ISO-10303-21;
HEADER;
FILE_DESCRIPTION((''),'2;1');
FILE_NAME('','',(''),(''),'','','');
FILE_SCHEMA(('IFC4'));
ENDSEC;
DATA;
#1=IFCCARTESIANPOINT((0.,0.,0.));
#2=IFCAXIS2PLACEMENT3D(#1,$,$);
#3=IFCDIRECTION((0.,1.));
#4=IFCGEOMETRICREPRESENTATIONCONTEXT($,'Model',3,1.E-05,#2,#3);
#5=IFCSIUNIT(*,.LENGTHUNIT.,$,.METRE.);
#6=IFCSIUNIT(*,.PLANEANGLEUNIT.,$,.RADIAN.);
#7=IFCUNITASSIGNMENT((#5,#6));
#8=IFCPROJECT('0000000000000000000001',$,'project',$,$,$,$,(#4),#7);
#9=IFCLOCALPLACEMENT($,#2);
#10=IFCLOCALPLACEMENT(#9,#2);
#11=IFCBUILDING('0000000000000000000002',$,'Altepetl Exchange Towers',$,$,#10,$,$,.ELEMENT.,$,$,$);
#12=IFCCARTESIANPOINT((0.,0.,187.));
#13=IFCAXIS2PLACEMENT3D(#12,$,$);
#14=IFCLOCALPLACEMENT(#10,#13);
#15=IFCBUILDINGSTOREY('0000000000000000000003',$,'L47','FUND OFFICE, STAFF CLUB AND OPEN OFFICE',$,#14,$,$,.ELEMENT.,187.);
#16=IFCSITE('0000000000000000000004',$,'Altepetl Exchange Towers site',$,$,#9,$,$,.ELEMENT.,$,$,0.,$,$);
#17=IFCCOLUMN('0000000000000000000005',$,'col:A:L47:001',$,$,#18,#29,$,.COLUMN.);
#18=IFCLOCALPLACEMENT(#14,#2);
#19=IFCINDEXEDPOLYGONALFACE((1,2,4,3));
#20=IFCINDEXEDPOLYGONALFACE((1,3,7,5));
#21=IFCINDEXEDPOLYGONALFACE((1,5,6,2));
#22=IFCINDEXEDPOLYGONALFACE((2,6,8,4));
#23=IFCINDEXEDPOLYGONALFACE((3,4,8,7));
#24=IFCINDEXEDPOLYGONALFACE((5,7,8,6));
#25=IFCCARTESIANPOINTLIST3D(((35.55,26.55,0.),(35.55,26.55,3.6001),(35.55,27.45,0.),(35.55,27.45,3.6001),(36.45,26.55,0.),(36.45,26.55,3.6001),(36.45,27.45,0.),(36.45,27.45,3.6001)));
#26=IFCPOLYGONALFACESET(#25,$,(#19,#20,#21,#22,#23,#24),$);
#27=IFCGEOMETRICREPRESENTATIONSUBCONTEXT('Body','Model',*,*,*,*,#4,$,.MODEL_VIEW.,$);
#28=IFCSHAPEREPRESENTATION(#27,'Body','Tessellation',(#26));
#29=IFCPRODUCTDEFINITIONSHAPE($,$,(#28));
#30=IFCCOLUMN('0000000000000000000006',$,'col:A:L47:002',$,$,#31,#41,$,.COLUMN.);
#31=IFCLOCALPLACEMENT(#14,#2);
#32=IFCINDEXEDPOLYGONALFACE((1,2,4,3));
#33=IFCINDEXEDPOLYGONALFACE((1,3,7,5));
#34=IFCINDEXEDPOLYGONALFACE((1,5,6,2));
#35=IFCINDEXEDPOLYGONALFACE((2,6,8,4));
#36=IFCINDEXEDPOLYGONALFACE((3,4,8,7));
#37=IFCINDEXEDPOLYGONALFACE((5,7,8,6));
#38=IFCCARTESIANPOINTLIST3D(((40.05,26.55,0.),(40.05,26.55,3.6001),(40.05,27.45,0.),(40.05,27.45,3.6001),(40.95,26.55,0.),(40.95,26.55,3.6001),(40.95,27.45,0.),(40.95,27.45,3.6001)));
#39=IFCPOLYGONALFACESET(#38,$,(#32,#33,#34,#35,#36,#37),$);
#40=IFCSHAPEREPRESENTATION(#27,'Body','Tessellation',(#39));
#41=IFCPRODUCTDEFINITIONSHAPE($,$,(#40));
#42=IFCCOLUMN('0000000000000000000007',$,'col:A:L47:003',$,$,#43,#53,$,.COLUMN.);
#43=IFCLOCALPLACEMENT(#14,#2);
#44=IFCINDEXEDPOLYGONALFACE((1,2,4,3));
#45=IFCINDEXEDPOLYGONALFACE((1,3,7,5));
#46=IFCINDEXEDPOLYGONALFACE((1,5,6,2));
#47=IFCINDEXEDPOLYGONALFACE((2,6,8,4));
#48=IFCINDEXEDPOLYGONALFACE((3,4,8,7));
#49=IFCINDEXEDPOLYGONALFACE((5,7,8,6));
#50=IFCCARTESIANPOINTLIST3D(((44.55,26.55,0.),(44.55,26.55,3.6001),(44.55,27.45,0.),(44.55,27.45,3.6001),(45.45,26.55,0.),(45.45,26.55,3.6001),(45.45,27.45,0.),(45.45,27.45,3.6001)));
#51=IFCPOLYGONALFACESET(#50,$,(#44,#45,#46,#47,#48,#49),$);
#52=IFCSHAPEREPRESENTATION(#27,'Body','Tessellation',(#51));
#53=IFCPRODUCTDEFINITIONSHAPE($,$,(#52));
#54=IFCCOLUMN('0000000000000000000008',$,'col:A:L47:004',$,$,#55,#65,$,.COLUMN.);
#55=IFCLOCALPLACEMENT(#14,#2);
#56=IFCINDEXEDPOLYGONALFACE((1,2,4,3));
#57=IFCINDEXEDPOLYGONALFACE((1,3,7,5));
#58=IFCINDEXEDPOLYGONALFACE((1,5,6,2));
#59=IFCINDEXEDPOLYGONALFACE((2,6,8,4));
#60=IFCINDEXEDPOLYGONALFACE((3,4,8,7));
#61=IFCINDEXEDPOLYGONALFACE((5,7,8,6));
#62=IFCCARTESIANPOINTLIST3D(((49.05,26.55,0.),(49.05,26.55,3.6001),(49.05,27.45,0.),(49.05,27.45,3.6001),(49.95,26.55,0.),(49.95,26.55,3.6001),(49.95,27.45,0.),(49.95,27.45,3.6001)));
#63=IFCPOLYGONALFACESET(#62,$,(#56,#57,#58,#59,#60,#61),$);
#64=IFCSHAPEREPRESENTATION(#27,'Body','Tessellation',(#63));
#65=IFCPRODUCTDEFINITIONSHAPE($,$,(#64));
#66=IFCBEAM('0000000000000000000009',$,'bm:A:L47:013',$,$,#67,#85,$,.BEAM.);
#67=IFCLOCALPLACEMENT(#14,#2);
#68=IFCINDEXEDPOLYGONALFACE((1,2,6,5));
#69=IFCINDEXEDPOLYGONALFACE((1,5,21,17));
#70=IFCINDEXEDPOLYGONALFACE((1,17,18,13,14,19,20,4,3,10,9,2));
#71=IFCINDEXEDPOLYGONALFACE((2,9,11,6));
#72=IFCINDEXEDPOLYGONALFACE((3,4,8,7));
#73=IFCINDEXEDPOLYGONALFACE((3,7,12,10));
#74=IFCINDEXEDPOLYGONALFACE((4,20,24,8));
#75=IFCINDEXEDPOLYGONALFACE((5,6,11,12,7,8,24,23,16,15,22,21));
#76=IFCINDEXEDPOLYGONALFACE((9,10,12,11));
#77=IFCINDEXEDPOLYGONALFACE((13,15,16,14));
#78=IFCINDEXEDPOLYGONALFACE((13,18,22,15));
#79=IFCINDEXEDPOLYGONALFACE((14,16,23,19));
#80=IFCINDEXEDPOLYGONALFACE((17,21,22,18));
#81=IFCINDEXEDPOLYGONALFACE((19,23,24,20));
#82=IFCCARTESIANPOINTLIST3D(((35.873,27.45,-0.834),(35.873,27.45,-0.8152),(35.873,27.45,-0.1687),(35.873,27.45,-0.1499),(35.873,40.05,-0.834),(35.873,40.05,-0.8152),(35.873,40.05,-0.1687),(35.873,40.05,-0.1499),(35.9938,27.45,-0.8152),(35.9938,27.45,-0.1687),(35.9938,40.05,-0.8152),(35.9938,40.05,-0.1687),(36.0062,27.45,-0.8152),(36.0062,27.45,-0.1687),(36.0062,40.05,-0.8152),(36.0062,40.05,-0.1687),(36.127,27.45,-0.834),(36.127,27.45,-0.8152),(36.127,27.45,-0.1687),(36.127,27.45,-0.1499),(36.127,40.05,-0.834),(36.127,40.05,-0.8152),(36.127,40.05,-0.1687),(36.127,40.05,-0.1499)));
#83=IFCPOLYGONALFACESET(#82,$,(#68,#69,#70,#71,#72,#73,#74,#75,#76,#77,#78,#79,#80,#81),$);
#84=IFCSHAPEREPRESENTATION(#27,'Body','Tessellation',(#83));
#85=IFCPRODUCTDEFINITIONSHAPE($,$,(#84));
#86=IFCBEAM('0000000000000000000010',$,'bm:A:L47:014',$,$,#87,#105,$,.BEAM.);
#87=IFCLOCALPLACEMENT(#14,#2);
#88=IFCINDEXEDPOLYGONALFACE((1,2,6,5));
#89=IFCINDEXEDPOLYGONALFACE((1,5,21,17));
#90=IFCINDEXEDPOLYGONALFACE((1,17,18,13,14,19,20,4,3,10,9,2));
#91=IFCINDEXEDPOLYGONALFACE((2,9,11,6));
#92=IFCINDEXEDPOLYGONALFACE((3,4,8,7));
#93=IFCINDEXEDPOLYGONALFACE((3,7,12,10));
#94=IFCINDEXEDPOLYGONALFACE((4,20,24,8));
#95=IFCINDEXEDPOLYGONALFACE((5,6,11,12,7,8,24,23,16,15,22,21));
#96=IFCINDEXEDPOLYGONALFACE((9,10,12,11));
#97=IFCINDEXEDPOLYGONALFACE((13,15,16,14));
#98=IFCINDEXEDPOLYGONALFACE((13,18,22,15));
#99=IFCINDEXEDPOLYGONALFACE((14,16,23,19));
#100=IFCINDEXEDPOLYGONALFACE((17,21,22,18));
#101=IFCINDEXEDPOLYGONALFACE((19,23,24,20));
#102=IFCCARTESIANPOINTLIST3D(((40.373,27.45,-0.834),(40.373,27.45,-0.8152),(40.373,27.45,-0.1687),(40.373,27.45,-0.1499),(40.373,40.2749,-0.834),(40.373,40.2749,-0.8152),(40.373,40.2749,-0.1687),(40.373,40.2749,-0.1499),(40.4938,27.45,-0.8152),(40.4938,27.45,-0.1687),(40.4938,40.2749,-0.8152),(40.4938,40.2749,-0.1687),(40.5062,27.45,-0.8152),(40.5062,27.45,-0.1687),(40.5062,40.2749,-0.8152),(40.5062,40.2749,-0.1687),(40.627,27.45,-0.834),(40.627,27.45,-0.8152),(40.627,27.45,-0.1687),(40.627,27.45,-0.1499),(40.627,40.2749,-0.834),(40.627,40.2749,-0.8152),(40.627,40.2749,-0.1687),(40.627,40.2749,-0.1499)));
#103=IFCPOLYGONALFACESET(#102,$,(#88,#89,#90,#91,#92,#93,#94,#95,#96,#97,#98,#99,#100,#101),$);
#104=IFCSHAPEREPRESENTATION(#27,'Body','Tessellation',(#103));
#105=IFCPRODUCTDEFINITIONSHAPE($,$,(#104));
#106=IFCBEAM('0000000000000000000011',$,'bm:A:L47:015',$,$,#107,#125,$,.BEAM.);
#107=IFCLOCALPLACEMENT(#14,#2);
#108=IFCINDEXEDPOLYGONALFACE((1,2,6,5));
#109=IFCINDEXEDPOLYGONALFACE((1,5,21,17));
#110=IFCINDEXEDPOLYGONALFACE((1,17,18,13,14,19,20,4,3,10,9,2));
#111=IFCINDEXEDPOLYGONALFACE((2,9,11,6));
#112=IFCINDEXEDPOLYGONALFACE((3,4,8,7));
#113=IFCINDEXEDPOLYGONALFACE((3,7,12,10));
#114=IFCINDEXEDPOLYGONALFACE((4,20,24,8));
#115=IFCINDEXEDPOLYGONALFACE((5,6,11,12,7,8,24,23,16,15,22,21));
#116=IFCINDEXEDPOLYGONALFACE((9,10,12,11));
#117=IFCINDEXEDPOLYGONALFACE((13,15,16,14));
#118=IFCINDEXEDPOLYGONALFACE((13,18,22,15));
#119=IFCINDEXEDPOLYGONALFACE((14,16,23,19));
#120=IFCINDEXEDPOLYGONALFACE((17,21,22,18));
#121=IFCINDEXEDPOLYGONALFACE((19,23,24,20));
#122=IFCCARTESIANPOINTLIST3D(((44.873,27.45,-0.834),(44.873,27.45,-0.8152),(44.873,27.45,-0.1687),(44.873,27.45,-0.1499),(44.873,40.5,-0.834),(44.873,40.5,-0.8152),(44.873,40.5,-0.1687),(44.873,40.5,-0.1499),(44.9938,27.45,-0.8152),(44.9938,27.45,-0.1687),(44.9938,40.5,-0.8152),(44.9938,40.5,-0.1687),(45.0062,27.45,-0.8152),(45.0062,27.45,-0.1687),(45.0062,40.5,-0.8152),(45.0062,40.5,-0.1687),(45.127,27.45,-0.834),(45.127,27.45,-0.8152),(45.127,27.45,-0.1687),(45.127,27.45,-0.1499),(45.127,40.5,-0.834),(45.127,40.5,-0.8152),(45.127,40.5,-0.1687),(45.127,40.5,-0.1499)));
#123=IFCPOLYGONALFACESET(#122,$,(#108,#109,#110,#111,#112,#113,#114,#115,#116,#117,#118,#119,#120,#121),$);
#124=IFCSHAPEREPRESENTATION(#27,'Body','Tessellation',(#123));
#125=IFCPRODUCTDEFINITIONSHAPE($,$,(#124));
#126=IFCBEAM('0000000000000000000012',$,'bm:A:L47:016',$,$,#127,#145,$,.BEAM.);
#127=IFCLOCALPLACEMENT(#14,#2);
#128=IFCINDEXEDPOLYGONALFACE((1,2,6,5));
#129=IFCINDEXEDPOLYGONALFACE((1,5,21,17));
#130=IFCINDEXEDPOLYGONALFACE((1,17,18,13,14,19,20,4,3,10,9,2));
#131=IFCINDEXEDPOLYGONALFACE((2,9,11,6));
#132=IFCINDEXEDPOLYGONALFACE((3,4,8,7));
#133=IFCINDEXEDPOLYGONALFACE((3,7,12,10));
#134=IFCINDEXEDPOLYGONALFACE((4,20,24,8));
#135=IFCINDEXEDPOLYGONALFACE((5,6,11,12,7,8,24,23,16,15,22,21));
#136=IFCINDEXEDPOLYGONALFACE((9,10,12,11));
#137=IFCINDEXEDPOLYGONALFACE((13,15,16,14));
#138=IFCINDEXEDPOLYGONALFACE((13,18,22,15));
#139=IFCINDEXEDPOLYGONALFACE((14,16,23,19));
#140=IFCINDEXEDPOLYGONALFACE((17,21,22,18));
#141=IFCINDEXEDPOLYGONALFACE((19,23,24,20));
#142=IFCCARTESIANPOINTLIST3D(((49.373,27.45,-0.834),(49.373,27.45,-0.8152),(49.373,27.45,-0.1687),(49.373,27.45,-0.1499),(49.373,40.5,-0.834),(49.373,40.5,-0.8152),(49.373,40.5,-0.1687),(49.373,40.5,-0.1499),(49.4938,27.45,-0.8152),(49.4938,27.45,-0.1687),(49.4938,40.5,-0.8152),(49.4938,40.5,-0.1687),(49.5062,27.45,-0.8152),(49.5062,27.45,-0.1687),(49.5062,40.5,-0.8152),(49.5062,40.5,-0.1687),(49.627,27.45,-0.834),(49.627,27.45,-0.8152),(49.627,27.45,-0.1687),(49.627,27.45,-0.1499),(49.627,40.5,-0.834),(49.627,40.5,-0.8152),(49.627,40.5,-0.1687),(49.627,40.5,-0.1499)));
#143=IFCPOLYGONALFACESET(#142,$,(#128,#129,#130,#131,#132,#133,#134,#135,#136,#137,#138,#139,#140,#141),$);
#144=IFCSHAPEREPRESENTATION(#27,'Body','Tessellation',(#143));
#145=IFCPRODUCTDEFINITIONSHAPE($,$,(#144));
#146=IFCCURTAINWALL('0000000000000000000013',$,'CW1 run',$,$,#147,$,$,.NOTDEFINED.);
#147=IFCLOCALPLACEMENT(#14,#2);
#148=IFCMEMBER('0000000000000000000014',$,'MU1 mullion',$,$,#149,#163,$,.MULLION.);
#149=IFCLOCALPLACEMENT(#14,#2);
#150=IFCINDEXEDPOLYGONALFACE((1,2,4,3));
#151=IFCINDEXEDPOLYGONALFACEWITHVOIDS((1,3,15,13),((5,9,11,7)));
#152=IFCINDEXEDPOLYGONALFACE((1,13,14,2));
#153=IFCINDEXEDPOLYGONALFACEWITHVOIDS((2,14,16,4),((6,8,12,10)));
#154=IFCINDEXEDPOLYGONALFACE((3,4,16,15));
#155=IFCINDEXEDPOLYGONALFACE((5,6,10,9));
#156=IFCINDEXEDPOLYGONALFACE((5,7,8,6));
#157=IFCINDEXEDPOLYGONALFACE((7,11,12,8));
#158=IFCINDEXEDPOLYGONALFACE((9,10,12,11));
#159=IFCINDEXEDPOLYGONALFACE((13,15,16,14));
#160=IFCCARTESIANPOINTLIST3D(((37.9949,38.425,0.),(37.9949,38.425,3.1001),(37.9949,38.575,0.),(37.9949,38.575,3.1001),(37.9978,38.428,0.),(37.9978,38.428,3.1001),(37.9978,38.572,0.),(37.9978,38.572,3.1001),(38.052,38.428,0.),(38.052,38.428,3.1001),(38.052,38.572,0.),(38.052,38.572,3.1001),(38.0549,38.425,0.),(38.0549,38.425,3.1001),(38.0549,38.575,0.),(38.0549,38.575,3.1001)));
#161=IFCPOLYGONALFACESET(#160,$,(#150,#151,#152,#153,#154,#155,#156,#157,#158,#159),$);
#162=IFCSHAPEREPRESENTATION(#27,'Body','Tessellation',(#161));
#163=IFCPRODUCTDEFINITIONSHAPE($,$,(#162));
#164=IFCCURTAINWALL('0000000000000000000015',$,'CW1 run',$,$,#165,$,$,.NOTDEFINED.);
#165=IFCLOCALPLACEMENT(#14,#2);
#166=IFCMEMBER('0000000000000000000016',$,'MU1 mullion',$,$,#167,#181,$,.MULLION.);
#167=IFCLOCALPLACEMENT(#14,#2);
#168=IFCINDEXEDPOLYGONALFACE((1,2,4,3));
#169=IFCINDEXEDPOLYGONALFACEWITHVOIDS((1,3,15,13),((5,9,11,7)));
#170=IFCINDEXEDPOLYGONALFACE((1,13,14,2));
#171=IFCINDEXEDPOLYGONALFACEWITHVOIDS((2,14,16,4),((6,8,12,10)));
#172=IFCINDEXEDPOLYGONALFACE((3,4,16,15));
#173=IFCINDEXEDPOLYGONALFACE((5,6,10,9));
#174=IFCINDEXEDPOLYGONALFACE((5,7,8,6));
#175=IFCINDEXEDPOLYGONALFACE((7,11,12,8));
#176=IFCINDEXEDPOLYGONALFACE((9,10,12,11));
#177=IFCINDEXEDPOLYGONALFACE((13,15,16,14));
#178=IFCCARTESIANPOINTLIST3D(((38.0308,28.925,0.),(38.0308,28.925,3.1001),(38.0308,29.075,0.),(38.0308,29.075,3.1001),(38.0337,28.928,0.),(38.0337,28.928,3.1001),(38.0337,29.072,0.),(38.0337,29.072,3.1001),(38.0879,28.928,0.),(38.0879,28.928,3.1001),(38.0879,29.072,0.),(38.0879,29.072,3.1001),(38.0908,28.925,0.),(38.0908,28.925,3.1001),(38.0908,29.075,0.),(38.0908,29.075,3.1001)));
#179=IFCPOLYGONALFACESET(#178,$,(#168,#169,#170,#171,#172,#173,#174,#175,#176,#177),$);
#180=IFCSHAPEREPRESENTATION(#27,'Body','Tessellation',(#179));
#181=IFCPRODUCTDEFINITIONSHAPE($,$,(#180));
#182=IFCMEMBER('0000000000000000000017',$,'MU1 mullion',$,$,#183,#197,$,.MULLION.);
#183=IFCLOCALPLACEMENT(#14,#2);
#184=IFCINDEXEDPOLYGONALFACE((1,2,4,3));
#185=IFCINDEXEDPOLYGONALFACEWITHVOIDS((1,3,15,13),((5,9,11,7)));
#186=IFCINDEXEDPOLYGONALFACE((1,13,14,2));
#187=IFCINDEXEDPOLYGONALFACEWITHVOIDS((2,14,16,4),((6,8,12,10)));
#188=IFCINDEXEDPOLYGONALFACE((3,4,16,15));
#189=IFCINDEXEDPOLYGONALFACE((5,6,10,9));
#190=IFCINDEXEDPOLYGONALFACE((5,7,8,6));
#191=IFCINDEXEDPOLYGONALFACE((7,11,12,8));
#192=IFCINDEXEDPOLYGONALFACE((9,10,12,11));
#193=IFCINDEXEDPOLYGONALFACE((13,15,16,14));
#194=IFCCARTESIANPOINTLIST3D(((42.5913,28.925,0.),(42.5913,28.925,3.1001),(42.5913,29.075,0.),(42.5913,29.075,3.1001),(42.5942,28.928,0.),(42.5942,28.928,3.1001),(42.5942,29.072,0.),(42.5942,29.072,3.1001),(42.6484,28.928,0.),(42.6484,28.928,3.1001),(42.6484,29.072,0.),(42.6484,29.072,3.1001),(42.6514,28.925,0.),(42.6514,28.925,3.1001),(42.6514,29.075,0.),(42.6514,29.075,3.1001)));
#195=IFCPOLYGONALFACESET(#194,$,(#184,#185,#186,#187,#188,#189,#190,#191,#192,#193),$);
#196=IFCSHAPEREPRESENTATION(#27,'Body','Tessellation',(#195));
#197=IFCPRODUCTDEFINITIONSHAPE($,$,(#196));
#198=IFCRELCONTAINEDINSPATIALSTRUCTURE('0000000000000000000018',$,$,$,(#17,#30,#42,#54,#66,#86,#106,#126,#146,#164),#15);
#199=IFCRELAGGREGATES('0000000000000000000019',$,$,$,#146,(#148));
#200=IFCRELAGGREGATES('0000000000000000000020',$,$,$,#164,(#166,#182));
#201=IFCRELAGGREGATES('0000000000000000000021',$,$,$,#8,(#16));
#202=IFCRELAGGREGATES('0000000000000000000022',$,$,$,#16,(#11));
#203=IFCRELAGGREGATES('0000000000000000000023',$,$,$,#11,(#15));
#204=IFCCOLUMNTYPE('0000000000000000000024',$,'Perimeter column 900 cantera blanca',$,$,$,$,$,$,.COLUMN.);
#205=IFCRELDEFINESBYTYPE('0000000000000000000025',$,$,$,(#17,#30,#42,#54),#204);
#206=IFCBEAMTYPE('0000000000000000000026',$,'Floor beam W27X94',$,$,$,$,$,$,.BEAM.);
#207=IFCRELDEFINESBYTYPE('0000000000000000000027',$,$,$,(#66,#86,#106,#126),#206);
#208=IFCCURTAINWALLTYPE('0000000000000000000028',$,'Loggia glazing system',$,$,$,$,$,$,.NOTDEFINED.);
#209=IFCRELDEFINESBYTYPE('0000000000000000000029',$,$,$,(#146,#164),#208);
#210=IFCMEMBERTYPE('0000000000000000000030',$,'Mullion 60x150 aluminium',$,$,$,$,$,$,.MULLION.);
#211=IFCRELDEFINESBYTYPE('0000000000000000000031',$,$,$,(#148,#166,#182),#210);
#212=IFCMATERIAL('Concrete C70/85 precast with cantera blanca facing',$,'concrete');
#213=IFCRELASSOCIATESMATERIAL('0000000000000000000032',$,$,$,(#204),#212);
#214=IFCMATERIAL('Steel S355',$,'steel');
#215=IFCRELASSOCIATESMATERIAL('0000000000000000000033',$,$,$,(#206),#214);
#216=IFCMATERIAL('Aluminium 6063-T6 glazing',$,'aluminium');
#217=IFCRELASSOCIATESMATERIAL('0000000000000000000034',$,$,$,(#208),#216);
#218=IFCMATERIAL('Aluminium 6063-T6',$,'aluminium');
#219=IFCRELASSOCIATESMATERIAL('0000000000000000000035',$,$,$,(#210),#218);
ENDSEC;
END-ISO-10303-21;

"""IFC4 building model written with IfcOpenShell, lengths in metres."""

from ifc_helpers import new_model, si_unit, direction, frame, origin, origin_2d, place, context, subcontext, project, spatial, rectangle, hollow_rectangle, i_section, extrude, material, material_profile, profile_set, type_object, element, aggregate, save


model = new_model("IFC4")

# Units and contexts
model_context = context("Model", 3, precision=1e-05, world=origin(), true_north=direction((0.0, 1.0)))
body_context = subcontext(model_context, "Body", "Model", "MODEL_VIEW")
ifc_project = project(units=[si_unit("LENGTHUNIT", "METRE"), si_unit("PLANEANGLEUNIT", "RADIAN")], contexts=[model_context])

# Site, building, storey
site_placement = place(None, origin())
site = spatial("IfcSite", under=ifc_project, at=site_placement, Name="Altepetl Exchange Towers site", CompositionType="ELEMENT", RefElevation=0.0)
building_placement = place(site_placement, origin())
building = spatial("IfcBuilding", under=site, at=building_placement, Name="Altepetl Exchange Towers", CompositionType="ELEMENT")
storey_placement = place(building_placement, frame((0.0, 0.0, 187.0)))
storey = spatial("IfcBuildingStorey", under=building, at=storey_placement, Name="L47", Description="FUND OFFICE, STAFF CLUB AND OPEN OFFICE", CompositionType="ELEMENT", Elevation=187.0)

# Columns
ifc_material_1 = material(Name="Concrete C70/85 precast with cantera blanca facing", Category="concrete")
ifc_material_profile_1 = material_profile(ifc_material_1, rectangle(XDim=0.8999, YDim=0.8999, at=origin_2d()), Name="900 x 900")
ifc_profile_set_1 = profile_set([ifc_material_profile_1], Name="Concrete C70/85 precast with cantera blanca facing")
column_type = type_object("IfcColumnType", Name="Perimeter column 900 cantera blanca", PredefinedType="COLUMN", material=ifc_profile_set_1)
for number, where, name in (
    (1, (36.0, 27.0, 0.0), "col:A:L47:001"),
    (2, (40.5, 27.0, 0.0), "col:A:L47:002"),
    (3, (45.0, 27.0, 0.0), "col:A:L47:003"),
    (4, (49.5, 27.0, 0.0), "col:A:L47:004"),
):
    element("IfcColumn", number, at=place(storey_placement, frame(where)), inside=storey, type_object=column_type, Name=name, PredefinedType="COLUMN", context=body_context, shape_type="SweptSolid", body=[
        extrude(rectangle(XDim=0.8999, YDim=0.8999, at=origin_2d()), origin(), (0.0, 0.0, 1.0), 3.6001),
    ])

# Beams
ifc_material_2 = material(Name="Steel S355", Category="steel")
ifc_material_profile_2 = material_profile(ifc_material_2, i_section(OverallWidth=0.2539, OverallDepth=0.6841, WebThickness=0.0125, FlangeThickness=0.0188, at=origin_2d()), Name="W27X94")
ifc_profile_set_2 = profile_set([ifc_material_profile_2], Name="Steel S355")
beam_type_1 = type_object("IfcBeamType", Name="Floor beam W27X94", PredefinedType="BEAM", material=ifc_profile_set_2)
beam_1_placement = place(storey_placement, frame((36.0, 27.45, -0.4919), z_axis=(0.0, 1.0, 0.0), x_axis=(-1.0, 0.0, 0.0)))
element("IfcBeam", 5, at=beam_1_placement, inside=storey, type_object=beam_type_1, Name="bm:A:L47:013", PredefinedType="BEAM", context=body_context, shape_type="SweptSolid", body=[
    extrude(i_section(OverallWidth=0.2539, OverallDepth=0.6841, WebThickness=0.0125, FlangeThickness=0.0188, at=origin_2d()), origin(), (0.0, 0.0, 1.0), 12.6001),
])
beam_2_placement = place(storey_placement, frame((40.5, 27.45, -0.4919), z_axis=(0.0, 1.0, 0.0), x_axis=(-1.0, 0.0, 0.0)))
element("IfcBeam", 6, at=beam_2_placement, inside=storey, type_object=beam_type_1, Name="bm:A:L47:014", PredefinedType="BEAM", context=body_context, shape_type="SweptSolid", body=[
    extrude(i_section(OverallWidth=0.2539, OverallDepth=0.6841, WebThickness=0.0125, FlangeThickness=0.0188, at=origin_2d()), origin(), (0.0, 0.0, 1.0), 12.825),
])
for number, where, z_axis, x_axis, name in (
    (7, (45.0, 27.45, -0.4919), (0.0, 1.0, 0.0), (-1.0, 0.0, 0.0), "bm:A:L47:015"),
    (8, (49.5, 27.45, -0.4919), (0.0, 1.0, 0.0), (-1.0, 0.0, 0.0), "bm:A:L47:016"),
):
    element("IfcBeam", number, at=place(storey_placement, frame(where, z_axis=z_axis, x_axis=x_axis)), inside=storey, type_object=beam_type_1, Name=name, PredefinedType="BEAM", context=body_context, shape_type="SweptSolid", body=[
        extrude(i_section(OverallWidth=0.2539, OverallDepth=0.6841, WebThickness=0.0125, FlangeThickness=0.0188, at=origin_2d()), origin(), (0.0, 0.0, 1.0), 13.05),
    ])

# Curtain wall, member
ifc_material_3 = material(Name="Aluminium 6063-T6 glazing", Category="aluminium")
curtain_wall_type = type_object("IfcCurtainWallType", Name="Loggia glazing system", PredefinedType="NOTDEFINED", material=ifc_material_3)
curtain_wall_1_placement = place(storey_placement, origin())
curtain_wall_1 = element("IfcCurtainWall", 9, at=curtain_wall_1_placement, inside=storey, type_object=curtain_wall_type, Name="CW1 run", PredefinedType="NOTDEFINED")
ifc_material_4 = material(Name="Aluminium 6063-T6", Category="aluminium")
ifc_material_profile_3 = material_profile(ifc_material_4, hollow_rectangle(XDim=0.0601, YDim=0.1499, WallThickness=0.0029, at=origin_2d()), Name="Mullion 60x150 aluminium")
ifc_profile_set_3 = profile_set([ifc_material_profile_3], Name="Aluminium 6063-T6")
member_type = type_object("IfcMemberType", Name="Mullion 60x150 aluminium", PredefinedType="MULLION", material=ifc_profile_set_3)
member_1_placement = place(storey_placement, frame((38.0249, 38.5, 0.0), z_axis=(0.0, 0.0, 1.0), x_axis=(-1.0, 0.0, 0.0)))
member_1 = element("IfcMember", 10, at=member_1_placement, type_object=member_type, Name="MU1 mullion", PredefinedType="MULLION", context=body_context, shape_type="SweptSolid", body=[
    extrude(hollow_rectangle(XDim=0.0601, YDim=0.1499, WallThickness=0.0029, at=origin_2d()), origin(), (0.0, 0.0, 1.0), 3.1001),
])

# Curtain wall, members
curtain_wall_2_placement = place(storey_placement, origin())
curtain_wall_2 = element("IfcCurtainWall", 11, at=curtain_wall_2_placement, inside=storey, type_object=curtain_wall_type, Name="CW1 run", PredefinedType="NOTDEFINED")
member_2_placement = place(storey_placement, frame((38.0608, 29.0, 0.0)))
member_2 = element("IfcMember", 12, at=member_2_placement, type_object=member_type, Name="MU1 mullion", PredefinedType="MULLION", context=body_context, shape_type="SweptSolid", body=[
    extrude(hollow_rectangle(XDim=0.0601, YDim=0.1499, WallThickness=0.0029, at=origin_2d()), origin(), (0.0, 0.0, 1.0), 3.1001),
])
member_3_placement = place(storey_placement, frame((42.6213, 29.0, 0.0)))
member_3 = element("IfcMember", 13, at=member_3_placement, type_object=member_type, Name="MU1 mullion", PredefinedType="MULLION", context=body_context, shape_type="SweptSolid", body=[
    extrude(hollow_rectangle(XDim=0.0601, YDim=0.1499, WallThickness=0.0029, at=origin_2d()), origin(), (0.0, 0.0, 1.0), 3.1001),
])

aggregate(curtain_wall_1, [member_1])
aggregate(curtain_wall_2, [member_2, member_3])

save(model, "model.ifc")
